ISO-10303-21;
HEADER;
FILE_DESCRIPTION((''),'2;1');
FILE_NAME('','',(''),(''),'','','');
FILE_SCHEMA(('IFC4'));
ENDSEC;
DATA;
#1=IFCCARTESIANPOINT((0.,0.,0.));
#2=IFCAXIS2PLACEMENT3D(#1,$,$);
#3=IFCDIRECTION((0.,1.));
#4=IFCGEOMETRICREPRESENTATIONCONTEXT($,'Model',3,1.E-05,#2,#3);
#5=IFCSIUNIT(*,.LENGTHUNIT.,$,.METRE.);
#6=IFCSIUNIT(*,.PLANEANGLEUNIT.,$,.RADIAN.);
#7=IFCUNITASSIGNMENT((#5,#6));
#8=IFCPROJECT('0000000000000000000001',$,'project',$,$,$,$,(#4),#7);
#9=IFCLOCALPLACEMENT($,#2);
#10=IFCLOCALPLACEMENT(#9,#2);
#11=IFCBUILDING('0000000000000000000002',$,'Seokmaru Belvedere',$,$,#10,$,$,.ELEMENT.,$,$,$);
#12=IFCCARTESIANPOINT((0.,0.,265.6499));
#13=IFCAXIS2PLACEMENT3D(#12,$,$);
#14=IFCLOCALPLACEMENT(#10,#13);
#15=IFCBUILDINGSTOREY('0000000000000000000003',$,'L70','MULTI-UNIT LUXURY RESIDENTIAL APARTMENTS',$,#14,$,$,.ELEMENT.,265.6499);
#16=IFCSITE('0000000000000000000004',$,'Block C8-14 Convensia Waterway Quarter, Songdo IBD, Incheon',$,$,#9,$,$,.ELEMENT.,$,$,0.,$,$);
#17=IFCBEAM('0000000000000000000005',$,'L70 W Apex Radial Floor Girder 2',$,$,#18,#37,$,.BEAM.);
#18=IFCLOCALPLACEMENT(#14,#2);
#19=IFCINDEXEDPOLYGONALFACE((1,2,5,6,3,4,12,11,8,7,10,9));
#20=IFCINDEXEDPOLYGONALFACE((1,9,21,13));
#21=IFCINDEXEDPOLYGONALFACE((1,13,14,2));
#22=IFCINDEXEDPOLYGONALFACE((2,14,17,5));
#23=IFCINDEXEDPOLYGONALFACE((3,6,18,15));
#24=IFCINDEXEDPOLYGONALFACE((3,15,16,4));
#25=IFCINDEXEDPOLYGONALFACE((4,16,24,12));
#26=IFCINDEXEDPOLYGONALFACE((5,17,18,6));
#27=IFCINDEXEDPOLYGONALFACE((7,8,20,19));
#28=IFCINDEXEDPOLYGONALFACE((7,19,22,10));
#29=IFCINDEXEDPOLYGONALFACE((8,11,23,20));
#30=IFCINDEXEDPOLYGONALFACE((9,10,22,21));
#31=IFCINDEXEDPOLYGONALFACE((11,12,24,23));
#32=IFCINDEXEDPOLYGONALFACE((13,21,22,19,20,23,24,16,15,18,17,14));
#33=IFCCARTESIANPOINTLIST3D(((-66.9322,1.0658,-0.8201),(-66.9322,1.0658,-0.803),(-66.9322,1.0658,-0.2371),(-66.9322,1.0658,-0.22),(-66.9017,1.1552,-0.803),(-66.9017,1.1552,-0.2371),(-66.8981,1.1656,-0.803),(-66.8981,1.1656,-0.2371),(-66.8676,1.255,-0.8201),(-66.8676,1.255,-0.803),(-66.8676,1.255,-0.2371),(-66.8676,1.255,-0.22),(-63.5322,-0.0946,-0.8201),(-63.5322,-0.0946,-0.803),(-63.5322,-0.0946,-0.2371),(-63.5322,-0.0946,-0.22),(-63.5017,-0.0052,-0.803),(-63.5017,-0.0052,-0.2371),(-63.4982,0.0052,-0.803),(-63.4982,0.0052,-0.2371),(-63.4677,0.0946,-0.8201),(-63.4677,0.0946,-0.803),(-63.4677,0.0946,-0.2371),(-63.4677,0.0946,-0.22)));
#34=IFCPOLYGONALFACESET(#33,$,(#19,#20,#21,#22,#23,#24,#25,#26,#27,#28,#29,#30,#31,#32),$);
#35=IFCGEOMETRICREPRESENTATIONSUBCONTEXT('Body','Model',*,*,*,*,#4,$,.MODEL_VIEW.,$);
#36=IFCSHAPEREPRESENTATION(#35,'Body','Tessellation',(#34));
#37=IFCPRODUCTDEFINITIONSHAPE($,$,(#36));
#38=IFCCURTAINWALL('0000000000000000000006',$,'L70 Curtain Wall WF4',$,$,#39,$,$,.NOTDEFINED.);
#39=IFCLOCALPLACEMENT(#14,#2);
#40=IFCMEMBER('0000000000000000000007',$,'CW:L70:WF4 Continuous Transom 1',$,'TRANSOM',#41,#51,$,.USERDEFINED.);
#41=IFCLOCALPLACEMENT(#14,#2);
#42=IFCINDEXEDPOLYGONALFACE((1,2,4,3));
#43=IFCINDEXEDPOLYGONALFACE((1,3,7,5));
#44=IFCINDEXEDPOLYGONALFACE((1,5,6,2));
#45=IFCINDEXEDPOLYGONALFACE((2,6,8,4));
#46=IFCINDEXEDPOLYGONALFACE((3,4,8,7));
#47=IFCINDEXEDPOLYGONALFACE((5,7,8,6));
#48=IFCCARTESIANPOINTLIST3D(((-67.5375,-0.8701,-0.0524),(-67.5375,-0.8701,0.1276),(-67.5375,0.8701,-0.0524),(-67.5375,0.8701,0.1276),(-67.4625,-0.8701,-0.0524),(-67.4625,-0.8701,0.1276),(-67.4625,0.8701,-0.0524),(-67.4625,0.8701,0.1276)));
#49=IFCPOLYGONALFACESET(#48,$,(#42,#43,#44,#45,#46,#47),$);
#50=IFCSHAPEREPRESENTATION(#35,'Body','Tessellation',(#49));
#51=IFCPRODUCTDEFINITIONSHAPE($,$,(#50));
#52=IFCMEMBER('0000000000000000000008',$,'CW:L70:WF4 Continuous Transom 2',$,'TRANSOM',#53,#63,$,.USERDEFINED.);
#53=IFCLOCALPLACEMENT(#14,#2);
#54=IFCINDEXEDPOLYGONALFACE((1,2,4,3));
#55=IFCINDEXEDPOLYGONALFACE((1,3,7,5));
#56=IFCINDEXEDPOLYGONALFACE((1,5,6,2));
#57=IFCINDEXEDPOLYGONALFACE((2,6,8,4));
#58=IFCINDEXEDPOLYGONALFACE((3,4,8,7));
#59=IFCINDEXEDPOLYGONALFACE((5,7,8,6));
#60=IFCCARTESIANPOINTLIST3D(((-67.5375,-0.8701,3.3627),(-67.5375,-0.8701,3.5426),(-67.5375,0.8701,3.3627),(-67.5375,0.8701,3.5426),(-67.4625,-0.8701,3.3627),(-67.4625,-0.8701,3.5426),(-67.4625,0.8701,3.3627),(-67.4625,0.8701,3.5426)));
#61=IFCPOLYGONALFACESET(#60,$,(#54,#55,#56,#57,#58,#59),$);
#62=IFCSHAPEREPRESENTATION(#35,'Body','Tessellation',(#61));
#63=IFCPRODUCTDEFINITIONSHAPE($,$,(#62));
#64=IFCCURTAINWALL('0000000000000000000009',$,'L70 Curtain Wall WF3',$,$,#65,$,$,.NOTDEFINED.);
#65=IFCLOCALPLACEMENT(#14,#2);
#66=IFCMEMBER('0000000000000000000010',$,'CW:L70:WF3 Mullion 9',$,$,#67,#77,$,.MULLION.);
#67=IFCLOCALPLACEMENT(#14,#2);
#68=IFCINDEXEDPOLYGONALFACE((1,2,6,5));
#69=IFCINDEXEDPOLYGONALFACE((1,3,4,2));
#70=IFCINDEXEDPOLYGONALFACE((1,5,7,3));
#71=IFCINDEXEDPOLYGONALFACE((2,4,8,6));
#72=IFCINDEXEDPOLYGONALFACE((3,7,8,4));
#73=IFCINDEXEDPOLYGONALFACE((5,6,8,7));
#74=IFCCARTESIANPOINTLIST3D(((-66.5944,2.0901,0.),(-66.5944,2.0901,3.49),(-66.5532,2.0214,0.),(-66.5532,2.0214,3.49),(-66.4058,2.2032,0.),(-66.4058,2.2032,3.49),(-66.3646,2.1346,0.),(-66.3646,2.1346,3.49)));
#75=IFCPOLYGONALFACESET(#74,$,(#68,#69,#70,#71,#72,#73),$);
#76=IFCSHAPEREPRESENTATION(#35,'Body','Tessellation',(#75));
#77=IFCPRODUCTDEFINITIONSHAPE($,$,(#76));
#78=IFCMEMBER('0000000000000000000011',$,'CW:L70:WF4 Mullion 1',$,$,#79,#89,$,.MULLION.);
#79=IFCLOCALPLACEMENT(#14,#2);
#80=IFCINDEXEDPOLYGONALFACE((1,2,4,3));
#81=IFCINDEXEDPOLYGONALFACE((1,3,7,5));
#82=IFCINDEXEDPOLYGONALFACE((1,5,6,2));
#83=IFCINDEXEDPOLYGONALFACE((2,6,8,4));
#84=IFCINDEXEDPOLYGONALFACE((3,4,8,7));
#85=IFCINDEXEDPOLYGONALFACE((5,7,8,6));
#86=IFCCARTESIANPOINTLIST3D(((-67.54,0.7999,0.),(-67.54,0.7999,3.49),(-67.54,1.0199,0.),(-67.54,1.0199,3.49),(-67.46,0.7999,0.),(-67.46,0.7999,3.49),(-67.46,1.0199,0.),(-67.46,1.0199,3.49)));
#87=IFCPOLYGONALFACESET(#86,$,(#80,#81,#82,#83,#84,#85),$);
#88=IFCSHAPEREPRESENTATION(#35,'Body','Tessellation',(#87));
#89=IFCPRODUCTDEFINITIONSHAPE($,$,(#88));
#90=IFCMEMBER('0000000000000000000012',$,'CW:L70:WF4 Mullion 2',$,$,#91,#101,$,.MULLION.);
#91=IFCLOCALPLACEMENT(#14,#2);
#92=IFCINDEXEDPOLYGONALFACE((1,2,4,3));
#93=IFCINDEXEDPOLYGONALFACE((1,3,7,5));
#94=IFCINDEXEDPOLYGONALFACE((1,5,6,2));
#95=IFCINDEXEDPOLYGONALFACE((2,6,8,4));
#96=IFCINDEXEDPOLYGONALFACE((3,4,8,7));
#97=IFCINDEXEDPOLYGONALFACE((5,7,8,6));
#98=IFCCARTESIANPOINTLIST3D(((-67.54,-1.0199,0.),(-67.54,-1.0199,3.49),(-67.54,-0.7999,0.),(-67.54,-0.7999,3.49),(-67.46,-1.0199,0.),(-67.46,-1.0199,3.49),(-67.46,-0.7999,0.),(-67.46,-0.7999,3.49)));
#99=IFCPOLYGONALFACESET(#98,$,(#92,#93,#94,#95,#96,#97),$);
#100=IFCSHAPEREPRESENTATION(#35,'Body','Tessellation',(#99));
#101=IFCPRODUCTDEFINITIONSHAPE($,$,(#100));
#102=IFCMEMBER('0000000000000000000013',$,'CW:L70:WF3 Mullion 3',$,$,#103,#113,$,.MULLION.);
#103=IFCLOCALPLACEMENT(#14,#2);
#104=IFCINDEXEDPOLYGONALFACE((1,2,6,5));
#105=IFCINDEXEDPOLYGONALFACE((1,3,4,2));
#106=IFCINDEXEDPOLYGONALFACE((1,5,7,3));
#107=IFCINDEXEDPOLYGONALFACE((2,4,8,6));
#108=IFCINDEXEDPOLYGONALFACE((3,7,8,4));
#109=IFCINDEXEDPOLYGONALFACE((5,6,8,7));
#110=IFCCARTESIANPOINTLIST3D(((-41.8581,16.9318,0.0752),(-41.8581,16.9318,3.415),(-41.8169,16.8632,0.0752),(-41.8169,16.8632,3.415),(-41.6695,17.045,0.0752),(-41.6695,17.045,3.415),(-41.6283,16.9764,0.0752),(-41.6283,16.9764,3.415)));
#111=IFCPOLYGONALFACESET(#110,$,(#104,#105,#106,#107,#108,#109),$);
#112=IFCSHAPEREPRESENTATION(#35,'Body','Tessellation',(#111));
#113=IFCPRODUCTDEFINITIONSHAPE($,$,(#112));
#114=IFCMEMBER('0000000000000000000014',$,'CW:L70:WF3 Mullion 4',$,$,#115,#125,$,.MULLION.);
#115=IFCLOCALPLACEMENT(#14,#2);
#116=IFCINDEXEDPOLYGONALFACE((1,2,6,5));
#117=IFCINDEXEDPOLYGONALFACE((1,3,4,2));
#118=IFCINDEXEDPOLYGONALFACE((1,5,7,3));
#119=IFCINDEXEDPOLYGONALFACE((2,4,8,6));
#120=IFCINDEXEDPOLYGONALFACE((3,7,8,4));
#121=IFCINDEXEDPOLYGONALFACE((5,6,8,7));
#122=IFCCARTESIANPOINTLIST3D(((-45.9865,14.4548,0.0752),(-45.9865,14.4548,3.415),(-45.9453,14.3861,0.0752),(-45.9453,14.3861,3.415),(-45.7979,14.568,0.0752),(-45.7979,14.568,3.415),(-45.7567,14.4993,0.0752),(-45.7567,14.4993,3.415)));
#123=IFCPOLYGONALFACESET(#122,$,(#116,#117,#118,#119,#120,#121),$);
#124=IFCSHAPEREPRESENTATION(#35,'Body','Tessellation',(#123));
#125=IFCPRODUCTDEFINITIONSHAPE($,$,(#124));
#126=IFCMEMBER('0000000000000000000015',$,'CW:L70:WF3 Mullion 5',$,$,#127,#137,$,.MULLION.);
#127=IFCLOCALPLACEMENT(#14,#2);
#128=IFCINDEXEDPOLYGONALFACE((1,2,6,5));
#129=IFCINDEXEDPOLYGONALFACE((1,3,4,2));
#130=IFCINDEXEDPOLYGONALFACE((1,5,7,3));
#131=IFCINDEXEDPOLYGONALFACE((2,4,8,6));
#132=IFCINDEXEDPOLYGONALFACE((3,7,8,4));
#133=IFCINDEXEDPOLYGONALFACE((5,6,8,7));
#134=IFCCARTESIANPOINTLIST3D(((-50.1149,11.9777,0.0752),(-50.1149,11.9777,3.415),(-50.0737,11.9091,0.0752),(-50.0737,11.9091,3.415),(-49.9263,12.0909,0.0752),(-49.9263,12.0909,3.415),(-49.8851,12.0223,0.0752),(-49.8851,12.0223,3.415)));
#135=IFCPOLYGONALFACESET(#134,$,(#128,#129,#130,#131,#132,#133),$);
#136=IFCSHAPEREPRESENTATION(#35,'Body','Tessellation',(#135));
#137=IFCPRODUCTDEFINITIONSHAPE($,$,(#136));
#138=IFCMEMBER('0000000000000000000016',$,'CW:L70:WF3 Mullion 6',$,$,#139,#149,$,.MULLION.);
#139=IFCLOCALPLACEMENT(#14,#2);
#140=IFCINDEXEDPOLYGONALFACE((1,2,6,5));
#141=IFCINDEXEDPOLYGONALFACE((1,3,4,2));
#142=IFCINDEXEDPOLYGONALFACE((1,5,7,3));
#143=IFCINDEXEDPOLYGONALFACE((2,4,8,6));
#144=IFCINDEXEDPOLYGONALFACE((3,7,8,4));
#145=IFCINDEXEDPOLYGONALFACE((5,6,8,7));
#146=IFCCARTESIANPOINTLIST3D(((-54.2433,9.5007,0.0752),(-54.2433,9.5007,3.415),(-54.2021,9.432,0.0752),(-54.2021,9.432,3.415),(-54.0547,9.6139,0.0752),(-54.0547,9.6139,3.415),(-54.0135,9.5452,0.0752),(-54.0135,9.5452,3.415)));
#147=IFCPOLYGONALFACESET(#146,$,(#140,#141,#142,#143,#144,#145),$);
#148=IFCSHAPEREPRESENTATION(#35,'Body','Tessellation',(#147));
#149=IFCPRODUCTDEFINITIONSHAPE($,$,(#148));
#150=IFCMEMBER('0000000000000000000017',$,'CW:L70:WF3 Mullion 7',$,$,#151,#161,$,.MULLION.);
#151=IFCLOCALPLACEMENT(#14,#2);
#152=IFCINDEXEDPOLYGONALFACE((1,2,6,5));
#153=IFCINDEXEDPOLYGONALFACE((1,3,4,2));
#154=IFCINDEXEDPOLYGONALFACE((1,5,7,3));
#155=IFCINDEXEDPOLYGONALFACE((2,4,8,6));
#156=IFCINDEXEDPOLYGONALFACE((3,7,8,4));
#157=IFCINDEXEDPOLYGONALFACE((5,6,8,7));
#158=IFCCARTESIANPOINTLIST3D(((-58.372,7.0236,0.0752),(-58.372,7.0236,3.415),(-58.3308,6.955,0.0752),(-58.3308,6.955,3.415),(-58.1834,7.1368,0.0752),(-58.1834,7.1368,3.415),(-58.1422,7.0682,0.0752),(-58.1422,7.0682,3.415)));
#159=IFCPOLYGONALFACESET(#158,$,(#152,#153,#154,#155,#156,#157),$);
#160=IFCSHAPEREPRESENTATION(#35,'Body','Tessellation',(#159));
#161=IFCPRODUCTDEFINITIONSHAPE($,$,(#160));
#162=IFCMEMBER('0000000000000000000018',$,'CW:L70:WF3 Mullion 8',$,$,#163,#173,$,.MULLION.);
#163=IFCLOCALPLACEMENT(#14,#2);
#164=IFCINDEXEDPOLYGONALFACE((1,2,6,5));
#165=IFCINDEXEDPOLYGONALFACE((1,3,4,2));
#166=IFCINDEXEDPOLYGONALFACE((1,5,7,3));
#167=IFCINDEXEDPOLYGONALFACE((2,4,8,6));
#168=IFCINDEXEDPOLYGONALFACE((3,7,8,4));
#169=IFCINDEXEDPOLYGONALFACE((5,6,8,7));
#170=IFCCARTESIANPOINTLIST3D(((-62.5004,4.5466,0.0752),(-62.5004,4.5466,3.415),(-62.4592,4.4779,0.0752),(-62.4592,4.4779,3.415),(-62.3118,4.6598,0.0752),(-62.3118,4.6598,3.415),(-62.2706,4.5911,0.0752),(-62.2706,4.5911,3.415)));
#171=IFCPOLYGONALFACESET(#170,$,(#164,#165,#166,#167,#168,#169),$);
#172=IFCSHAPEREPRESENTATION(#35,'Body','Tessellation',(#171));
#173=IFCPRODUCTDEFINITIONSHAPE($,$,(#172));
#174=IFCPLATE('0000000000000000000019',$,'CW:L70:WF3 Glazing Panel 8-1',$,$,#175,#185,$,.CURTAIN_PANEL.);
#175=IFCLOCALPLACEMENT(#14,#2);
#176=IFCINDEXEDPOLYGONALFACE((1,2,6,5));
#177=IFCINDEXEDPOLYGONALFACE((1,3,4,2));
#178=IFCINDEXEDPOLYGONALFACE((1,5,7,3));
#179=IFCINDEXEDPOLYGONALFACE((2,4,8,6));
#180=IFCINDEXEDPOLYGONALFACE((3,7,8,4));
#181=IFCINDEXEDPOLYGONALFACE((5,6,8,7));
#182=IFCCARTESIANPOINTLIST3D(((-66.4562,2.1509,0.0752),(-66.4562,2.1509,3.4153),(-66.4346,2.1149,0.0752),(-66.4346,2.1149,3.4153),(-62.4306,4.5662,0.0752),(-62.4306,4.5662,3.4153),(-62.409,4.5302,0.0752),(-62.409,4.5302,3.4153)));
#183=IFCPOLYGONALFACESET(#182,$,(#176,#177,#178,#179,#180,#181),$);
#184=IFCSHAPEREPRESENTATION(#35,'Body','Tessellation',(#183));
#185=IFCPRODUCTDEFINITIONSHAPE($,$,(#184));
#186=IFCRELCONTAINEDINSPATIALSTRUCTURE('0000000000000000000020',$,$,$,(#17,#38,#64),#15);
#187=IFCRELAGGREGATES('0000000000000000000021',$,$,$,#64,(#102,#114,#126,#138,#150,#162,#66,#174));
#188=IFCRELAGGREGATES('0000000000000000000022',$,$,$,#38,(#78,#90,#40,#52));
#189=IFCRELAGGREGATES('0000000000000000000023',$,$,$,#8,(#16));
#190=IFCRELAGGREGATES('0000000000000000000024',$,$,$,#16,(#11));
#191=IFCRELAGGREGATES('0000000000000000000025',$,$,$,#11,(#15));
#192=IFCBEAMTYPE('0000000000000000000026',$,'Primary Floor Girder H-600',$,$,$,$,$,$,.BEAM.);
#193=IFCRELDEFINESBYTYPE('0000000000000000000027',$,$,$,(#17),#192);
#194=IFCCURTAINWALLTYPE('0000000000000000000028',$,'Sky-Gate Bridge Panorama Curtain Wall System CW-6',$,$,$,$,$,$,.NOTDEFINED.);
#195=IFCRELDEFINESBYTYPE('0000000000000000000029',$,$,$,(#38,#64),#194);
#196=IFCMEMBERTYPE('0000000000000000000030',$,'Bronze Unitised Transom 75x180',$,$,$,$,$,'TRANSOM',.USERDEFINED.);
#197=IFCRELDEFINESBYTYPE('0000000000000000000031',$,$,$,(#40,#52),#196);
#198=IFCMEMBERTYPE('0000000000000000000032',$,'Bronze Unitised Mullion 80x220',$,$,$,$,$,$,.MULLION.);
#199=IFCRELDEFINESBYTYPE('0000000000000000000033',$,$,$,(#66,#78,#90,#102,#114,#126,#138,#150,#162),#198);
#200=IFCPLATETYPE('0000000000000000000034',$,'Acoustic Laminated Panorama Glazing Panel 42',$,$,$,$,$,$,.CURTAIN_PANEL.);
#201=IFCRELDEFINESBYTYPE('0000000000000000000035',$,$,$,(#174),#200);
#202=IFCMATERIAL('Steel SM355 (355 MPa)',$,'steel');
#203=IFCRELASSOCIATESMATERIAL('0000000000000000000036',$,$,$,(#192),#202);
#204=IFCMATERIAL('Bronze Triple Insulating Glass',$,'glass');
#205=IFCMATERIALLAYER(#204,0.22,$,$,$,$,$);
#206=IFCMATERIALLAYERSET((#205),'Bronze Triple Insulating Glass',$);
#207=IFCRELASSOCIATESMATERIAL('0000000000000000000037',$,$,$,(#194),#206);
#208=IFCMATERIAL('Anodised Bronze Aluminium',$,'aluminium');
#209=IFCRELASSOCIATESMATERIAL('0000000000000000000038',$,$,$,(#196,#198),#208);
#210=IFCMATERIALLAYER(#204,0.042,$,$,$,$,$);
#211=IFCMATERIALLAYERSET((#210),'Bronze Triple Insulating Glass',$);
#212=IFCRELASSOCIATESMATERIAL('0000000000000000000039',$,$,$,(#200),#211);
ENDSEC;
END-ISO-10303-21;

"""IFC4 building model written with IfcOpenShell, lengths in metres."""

from ifc_helpers import new_model, si_unit, direction, frame, origin, origin_2d, place, context, subcontext, project, spatial, rectangle, i_section, extrude, source, transform, mapped, material, layer, layer_set, material_profile, profile_set, type_object, type_shapes, element, aggregate, save


model = new_model("IFC4")

# Units and contexts
model_context = context("Model", 3, precision=1e-05, world=origin(), true_north=direction((0.0, 1.0)))
body_context = subcontext(model_context, "Body", "Model", "MODEL_VIEW")
ifc_project = project(units=[si_unit("LENGTHUNIT", "METRE"), si_unit("PLANEANGLEUNIT", "RADIAN")], contexts=[model_context])

# Site, building, storey
site_placement = place(None, origin())
site = spatial("IfcSite", under=ifc_project, at=site_placement, Name="Block C8-14 Convensia Waterway Quarter, Songdo IBD, Incheon", CompositionType="ELEMENT", RefElevation=0.0)
building_placement = place(site_placement, origin())
building = spatial("IfcBuilding", under=site, at=building_placement, Name="Seokmaru Belvedere", CompositionType="ELEMENT")
storey_placement = place(building_placement, frame((0.0, 0.0, 265.6499)))
storey = spatial("IfcBuildingStorey", under=building, at=storey_placement, Name="L70", Description="MULTI-UNIT LUXURY RESIDENTIAL APARTMENTS", CompositionType="ELEMENT", Elevation=265.6499)

# Shared definitions
ifc_material_1 = material(Name="Steel SM355 (355 MPa)", Category="steel")

# Beam
ifc_material_profile_1 = material_profile(ifc_material_1, i_section(OverallWidth=0.2, OverallDepth=0.6001, WebThickness=0.011, FlangeThickness=0.0171, at=origin_2d()), Name="H-600x200x11x17")
ifc_profile_set_1 = profile_set([ifc_material_profile_1], Name="Steel SM355 (355 MPa)")
beam_type_1 = type_object("IfcBeamType", Name="Primary Floor Girder H-600", PredefinedType="BEAM", material=ifc_profile_set_1)
shared_shape_1 = source(origin(), body_context, "Body", "SweptSolid", [
    extrude(i_section(OverallWidth=0.2, OverallDepth=0.6001, WebThickness=0.011, FlangeThickness=0.0171, at=origin_2d()), origin(), (0.0, 0.0, 1.0), 3.5925),
])
beam_1_placement = place(storey_placement, frame((-66.8999, 1.1604, -0.52), z_axis=(0.946396, -0.323009, 0.0), x_axis=(0.323009, 0.946396, 0.0)))
element("IfcBeam", 1, at=beam_1_placement, inside=storey, type_object=beam_type_1, Name="L70 W Apex Radial Floor Girder 2", PredefinedType="BEAM", context=body_context, shape_type="MappedRepresentation", body=[
    mapped(shared_shape_1, transform((0.0, 0.0, 0.0), scale=1.0)),
])

# Curtain wall, members
ifc_material_2 = material(Name="Bronze Triple Insulating Glass", Category="glass")
ifc_layer_1 = layer(ifc_material_2, 0.22)
ifc_layer_set_1 = layer_set([ifc_layer_1], Name="Bronze Triple Insulating Glass")
curtain_wall_type = type_object("IfcCurtainWallType", Name="Sky-Gate Bridge Panorama Curtain Wall System CW-6", PredefinedType="NOTDEFINED", material=ifc_layer_set_1)
curtain_wall_1_placement = place(storey_placement, origin())
curtain_wall_1 = element("IfcCurtainWall", 2, at=curtain_wall_1_placement, inside=storey, type_object=curtain_wall_type, Name="L70 Curtain Wall WF4", PredefinedType="NOTDEFINED")
ifc_material_3 = material(Name="Anodised Bronze Aluminium", Category="aluminium")
ifc_material_profile_2 = material_profile(ifc_material_3, rectangle(XDim=0.075, YDim=0.1799, at=origin_2d()), Name="CW-T-75x180")
ifc_profile_set_2 = profile_set([ifc_material_profile_2], Name="Anodised Bronze Aluminium")
member_type_1 = type_object("IfcMemberType", Name="Bronze Unitised Transom 75x180", ElementType="TRANSOM", PredefinedType="USERDEFINED", material=ifc_profile_set_2)
shared_shape_2 = source(origin(), body_context, "Body", "SweptSolid", [
    extrude(rectangle(XDim=0.075, YDim=0.1799, at=origin_2d()), origin(), (0.0, 0.0, 1.0), 1.7402),
])
type_shapes(member_type_1, [shared_shape_2])
member_1_placement = place(storey_placement, frame((-67.5, 0.8701, 0.0376), z_axis=(0.0, -1.0, 0.0), x_axis=(1.0, 0.0, 0.0)))
member_1 = element("IfcMember", 3, at=member_1_placement, type_object=member_type_1, Name="CW:L70:WF4 Continuous Transom 1", ObjectType="TRANSOM", PredefinedType="USERDEFINED", context=body_context, shape_type="MappedRepresentation", body=[
    mapped(shared_shape_2, transform((0.0, 0.0, 0.0), scale=1.0)),
])
member_2_placement = place(storey_placement, frame((-67.5, 0.8701, 3.4526), z_axis=(0.0, -1.0, 0.0), x_axis=(1.0, 0.0, 0.0)))
member_2 = element("IfcMember", 4, at=member_2_placement, type_object=member_type_1, Name="CW:L70:WF4 Continuous Transom 2", ObjectType="TRANSOM", PredefinedType="USERDEFINED", context=body_context, shape_type="MappedRepresentation", body=[
    mapped(shared_shape_2, transform((0.0, 0.0, 0.0), scale=1.0)),
])

# Curtain wall, member
curtain_wall_2_placement = place(storey_placement, origin())
curtain_wall_2 = element("IfcCurtainWall", 5, at=curtain_wall_2_placement, inside=storey, type_object=curtain_wall_type, Name="L70 Curtain Wall WF3", PredefinedType="NOTDEFINED")
ifc_material_profile_3 = material_profile(ifc_material_3, rectangle(XDim=0.0801, YDim=0.22, at=origin_2d()), Name="CW-M-80x220")
ifc_profile_set_3 = profile_set([ifc_material_profile_3], Name="Anodised Bronze Aluminium")
member_type_2 = type_object("IfcMemberType", Name="Bronze Unitised Mullion 80x220", PredefinedType="MULLION", material=ifc_profile_set_3)
shared_shape_3 = source(origin(), body_context, "Body", "SweptSolid", [
    extrude(rectangle(XDim=0.0801, YDim=0.22, at=origin_2d()), origin(), (0.0, 0.0, 1.0), 3.49),
])
member_3_placement = place(storey_placement, frame((-66.4795, 2.1123, 0.0), z_axis=(0.0, 0.0, 1.0), x_axis=(0.514495, -0.857493, 0.0)))
member_3 = element("IfcMember", 6, at=member_3_placement, type_object=member_type_2, Name="CW:L70:WF3 Mullion 9", PredefinedType="MULLION", context=body_context, shape_type="MappedRepresentation", body=[
    mapped(shared_shape_3, transform((0.0, 0.0, 0.0), scale=1.0)),
])

# Members
member_4_placement = place(storey_placement, frame((-67.5, 0.9099, 0.0), z_axis=(0.0, 0.0, 1.0), x_axis=(1.0, 0.0, 0.0)))
member_4 = element("IfcMember", 7, at=member_4_placement, type_object=member_type_2, Name="CW:L70:WF4 Mullion 1", PredefinedType="MULLION", context=body_context, shape_type="MappedRepresentation", body=[
    mapped(shared_shape_3, transform((0.0, 0.0, 0.0), scale=1.0)),
])
member_5_placement = place(storey_placement, frame((-67.5, -0.9099, 0.0), z_axis=(0.0, 0.0, 1.0), x_axis=(1.0, 0.0, 0.0)))
member_5 = element("IfcMember", 8, at=member_5_placement, type_object=member_type_2, Name="CW:L70:WF4 Mullion 2", PredefinedType="MULLION", context=body_context, shape_type="MappedRepresentation", body=[
    mapped(shared_shape_3, transform((0.0, 0.0, 0.0), scale=1.0)),
])
shared_shape_4 = source(origin(), body_context, "Body", "SweptSolid", [
    extrude(rectangle(XDim=0.0801, YDim=0.22, at=origin_2d()), origin(), (0.0, 0.0, 1.0), 3.3398),
])
type_shapes(member_type_2, [shared_shape_3, shared_shape_4])
member_6_placement = place(storey_placement, frame((-41.7432, 16.9541, 0.0752), z_axis=(0.0, 0.0, 1.0), x_axis=(0.514495, -0.857493, 0.0)))
member_6 = element("IfcMember", 9, at=member_6_placement, type_object=member_type_2, Name="CW:L70:WF3 Mullion 3", PredefinedType="MULLION", context=body_context, shape_type="MappedRepresentation", body=[
    mapped(shared_shape_4, transform((0.0, 0.0, 0.0), scale=1.0)),
])
member_7_placement = place(storey_placement, frame((-45.8716, 14.4771, 0.0752), z_axis=(0.0, 0.0, 1.0), x_axis=(0.514495, -0.857493, 0.0)))
member_7 = element("IfcMember", 10, at=member_7_placement, type_object=member_type_2, Name="CW:L70:WF3 Mullion 4", PredefinedType="MULLION", context=body_context, shape_type="MappedRepresentation", body=[
    mapped(shared_shape_4, transform((0.0, 0.0, 0.0), scale=1.0)),
])
member_8_placement = place(storey_placement, frame((-50.0, 12.0, 0.0752), z_axis=(0.0, 0.0, 1.0), x_axis=(0.514495, -0.857493, 0.0)))
member_8 = element("IfcMember", 11, at=member_8_placement, type_object=member_type_2, Name="CW:L70:WF3 Mullion 5", PredefinedType="MULLION", context=body_context, shape_type="MappedRepresentation", body=[
    mapped(shared_shape_4, transform((0.0, 0.0, 0.0), scale=1.0)),
])
member_9_placement = place(storey_placement, frame((-54.1284, 9.5229, 0.0752), z_axis=(0.0, 0.0, 1.0), x_axis=(0.514495, -0.857493, 0.0)))
member_9 = element("IfcMember", 12, at=member_9_placement, type_object=member_type_2, Name="CW:L70:WF3 Mullion 6", PredefinedType="MULLION", context=body_context, shape_type="MappedRepresentation", body=[
    mapped(shared_shape_4, transform((0.0, 0.0, 0.0), scale=1.0)),
])
member_10_placement = place(storey_placement, frame((-58.2571, 7.0459, 0.0752), z_axis=(0.0, 0.0, 1.0), x_axis=(0.514495, -0.857493, 0.0)))
member_10 = element("IfcMember", 13, at=member_10_placement, type_object=member_type_2, Name="CW:L70:WF3 Mullion 7", PredefinedType="MULLION", context=body_context, shape_type="MappedRepresentation", body=[
    mapped(shared_shape_4, transform((0.0, 0.0, 0.0), scale=1.0)),
])
member_11_placement = place(storey_placement, frame((-62.3855, 4.5688, 0.0752), z_axis=(0.0, 0.0, 1.0), x_axis=(0.514495, -0.857493, 0.0)))
member_11 = element("IfcMember", 14, at=member_11_placement, type_object=member_type_2, Name="CW:L70:WF3 Mullion 8", PredefinedType="MULLION", context=body_context, shape_type="MappedRepresentation", body=[
    mapped(shared_shape_4, transform((0.0, 0.0, 0.0), scale=1.0)),
])

# Plate
ifc_layer_2 = layer(ifc_material_2, 0.042)
ifc_layer_set_2 = layer_set([ifc_layer_2], Name="Bronze Triple Insulating Glass")
plate_type = type_object("IfcPlateType", Name="Acoustic Laminated Panorama Glazing Panel 42", PredefinedType="CURTAIN_PANEL", material=ifc_layer_set_2)
shared_shape_5 = source(origin(), body_context, "Body", "SweptSolid", [
    extrude(rectangle(XDim=4.6946, YDim=0.042, at=origin_2d()), origin(), (0.0, 0.0, 1.0), 3.3401),
])
plate_1_placement = place(storey_placement, frame((-64.4326, 3.3406, 0.0752), z_axis=(0.0, 0.0, 1.0), x_axis=(-0.857493, -0.514495, 0.0)))
plate_1 = element("IfcPlate", 15, at=plate_1_placement, type_object=plate_type, Name="CW:L70:WF3 Glazing Panel 8-1", PredefinedType="CURTAIN_PANEL", context=body_context, shape_type="MappedRepresentation", body=[
    mapped(shared_shape_5, transform((0.0, 0.0, 0.0), scale=1.0)),
])
aggregate(curtain_wall_2, [member_6, member_7, member_8, member_9, member_10, member_11, member_3, plate_1])
aggregate(curtain_wall_1, [member_4, member_5, member_1, member_2])

save(model, "model.ifc")
